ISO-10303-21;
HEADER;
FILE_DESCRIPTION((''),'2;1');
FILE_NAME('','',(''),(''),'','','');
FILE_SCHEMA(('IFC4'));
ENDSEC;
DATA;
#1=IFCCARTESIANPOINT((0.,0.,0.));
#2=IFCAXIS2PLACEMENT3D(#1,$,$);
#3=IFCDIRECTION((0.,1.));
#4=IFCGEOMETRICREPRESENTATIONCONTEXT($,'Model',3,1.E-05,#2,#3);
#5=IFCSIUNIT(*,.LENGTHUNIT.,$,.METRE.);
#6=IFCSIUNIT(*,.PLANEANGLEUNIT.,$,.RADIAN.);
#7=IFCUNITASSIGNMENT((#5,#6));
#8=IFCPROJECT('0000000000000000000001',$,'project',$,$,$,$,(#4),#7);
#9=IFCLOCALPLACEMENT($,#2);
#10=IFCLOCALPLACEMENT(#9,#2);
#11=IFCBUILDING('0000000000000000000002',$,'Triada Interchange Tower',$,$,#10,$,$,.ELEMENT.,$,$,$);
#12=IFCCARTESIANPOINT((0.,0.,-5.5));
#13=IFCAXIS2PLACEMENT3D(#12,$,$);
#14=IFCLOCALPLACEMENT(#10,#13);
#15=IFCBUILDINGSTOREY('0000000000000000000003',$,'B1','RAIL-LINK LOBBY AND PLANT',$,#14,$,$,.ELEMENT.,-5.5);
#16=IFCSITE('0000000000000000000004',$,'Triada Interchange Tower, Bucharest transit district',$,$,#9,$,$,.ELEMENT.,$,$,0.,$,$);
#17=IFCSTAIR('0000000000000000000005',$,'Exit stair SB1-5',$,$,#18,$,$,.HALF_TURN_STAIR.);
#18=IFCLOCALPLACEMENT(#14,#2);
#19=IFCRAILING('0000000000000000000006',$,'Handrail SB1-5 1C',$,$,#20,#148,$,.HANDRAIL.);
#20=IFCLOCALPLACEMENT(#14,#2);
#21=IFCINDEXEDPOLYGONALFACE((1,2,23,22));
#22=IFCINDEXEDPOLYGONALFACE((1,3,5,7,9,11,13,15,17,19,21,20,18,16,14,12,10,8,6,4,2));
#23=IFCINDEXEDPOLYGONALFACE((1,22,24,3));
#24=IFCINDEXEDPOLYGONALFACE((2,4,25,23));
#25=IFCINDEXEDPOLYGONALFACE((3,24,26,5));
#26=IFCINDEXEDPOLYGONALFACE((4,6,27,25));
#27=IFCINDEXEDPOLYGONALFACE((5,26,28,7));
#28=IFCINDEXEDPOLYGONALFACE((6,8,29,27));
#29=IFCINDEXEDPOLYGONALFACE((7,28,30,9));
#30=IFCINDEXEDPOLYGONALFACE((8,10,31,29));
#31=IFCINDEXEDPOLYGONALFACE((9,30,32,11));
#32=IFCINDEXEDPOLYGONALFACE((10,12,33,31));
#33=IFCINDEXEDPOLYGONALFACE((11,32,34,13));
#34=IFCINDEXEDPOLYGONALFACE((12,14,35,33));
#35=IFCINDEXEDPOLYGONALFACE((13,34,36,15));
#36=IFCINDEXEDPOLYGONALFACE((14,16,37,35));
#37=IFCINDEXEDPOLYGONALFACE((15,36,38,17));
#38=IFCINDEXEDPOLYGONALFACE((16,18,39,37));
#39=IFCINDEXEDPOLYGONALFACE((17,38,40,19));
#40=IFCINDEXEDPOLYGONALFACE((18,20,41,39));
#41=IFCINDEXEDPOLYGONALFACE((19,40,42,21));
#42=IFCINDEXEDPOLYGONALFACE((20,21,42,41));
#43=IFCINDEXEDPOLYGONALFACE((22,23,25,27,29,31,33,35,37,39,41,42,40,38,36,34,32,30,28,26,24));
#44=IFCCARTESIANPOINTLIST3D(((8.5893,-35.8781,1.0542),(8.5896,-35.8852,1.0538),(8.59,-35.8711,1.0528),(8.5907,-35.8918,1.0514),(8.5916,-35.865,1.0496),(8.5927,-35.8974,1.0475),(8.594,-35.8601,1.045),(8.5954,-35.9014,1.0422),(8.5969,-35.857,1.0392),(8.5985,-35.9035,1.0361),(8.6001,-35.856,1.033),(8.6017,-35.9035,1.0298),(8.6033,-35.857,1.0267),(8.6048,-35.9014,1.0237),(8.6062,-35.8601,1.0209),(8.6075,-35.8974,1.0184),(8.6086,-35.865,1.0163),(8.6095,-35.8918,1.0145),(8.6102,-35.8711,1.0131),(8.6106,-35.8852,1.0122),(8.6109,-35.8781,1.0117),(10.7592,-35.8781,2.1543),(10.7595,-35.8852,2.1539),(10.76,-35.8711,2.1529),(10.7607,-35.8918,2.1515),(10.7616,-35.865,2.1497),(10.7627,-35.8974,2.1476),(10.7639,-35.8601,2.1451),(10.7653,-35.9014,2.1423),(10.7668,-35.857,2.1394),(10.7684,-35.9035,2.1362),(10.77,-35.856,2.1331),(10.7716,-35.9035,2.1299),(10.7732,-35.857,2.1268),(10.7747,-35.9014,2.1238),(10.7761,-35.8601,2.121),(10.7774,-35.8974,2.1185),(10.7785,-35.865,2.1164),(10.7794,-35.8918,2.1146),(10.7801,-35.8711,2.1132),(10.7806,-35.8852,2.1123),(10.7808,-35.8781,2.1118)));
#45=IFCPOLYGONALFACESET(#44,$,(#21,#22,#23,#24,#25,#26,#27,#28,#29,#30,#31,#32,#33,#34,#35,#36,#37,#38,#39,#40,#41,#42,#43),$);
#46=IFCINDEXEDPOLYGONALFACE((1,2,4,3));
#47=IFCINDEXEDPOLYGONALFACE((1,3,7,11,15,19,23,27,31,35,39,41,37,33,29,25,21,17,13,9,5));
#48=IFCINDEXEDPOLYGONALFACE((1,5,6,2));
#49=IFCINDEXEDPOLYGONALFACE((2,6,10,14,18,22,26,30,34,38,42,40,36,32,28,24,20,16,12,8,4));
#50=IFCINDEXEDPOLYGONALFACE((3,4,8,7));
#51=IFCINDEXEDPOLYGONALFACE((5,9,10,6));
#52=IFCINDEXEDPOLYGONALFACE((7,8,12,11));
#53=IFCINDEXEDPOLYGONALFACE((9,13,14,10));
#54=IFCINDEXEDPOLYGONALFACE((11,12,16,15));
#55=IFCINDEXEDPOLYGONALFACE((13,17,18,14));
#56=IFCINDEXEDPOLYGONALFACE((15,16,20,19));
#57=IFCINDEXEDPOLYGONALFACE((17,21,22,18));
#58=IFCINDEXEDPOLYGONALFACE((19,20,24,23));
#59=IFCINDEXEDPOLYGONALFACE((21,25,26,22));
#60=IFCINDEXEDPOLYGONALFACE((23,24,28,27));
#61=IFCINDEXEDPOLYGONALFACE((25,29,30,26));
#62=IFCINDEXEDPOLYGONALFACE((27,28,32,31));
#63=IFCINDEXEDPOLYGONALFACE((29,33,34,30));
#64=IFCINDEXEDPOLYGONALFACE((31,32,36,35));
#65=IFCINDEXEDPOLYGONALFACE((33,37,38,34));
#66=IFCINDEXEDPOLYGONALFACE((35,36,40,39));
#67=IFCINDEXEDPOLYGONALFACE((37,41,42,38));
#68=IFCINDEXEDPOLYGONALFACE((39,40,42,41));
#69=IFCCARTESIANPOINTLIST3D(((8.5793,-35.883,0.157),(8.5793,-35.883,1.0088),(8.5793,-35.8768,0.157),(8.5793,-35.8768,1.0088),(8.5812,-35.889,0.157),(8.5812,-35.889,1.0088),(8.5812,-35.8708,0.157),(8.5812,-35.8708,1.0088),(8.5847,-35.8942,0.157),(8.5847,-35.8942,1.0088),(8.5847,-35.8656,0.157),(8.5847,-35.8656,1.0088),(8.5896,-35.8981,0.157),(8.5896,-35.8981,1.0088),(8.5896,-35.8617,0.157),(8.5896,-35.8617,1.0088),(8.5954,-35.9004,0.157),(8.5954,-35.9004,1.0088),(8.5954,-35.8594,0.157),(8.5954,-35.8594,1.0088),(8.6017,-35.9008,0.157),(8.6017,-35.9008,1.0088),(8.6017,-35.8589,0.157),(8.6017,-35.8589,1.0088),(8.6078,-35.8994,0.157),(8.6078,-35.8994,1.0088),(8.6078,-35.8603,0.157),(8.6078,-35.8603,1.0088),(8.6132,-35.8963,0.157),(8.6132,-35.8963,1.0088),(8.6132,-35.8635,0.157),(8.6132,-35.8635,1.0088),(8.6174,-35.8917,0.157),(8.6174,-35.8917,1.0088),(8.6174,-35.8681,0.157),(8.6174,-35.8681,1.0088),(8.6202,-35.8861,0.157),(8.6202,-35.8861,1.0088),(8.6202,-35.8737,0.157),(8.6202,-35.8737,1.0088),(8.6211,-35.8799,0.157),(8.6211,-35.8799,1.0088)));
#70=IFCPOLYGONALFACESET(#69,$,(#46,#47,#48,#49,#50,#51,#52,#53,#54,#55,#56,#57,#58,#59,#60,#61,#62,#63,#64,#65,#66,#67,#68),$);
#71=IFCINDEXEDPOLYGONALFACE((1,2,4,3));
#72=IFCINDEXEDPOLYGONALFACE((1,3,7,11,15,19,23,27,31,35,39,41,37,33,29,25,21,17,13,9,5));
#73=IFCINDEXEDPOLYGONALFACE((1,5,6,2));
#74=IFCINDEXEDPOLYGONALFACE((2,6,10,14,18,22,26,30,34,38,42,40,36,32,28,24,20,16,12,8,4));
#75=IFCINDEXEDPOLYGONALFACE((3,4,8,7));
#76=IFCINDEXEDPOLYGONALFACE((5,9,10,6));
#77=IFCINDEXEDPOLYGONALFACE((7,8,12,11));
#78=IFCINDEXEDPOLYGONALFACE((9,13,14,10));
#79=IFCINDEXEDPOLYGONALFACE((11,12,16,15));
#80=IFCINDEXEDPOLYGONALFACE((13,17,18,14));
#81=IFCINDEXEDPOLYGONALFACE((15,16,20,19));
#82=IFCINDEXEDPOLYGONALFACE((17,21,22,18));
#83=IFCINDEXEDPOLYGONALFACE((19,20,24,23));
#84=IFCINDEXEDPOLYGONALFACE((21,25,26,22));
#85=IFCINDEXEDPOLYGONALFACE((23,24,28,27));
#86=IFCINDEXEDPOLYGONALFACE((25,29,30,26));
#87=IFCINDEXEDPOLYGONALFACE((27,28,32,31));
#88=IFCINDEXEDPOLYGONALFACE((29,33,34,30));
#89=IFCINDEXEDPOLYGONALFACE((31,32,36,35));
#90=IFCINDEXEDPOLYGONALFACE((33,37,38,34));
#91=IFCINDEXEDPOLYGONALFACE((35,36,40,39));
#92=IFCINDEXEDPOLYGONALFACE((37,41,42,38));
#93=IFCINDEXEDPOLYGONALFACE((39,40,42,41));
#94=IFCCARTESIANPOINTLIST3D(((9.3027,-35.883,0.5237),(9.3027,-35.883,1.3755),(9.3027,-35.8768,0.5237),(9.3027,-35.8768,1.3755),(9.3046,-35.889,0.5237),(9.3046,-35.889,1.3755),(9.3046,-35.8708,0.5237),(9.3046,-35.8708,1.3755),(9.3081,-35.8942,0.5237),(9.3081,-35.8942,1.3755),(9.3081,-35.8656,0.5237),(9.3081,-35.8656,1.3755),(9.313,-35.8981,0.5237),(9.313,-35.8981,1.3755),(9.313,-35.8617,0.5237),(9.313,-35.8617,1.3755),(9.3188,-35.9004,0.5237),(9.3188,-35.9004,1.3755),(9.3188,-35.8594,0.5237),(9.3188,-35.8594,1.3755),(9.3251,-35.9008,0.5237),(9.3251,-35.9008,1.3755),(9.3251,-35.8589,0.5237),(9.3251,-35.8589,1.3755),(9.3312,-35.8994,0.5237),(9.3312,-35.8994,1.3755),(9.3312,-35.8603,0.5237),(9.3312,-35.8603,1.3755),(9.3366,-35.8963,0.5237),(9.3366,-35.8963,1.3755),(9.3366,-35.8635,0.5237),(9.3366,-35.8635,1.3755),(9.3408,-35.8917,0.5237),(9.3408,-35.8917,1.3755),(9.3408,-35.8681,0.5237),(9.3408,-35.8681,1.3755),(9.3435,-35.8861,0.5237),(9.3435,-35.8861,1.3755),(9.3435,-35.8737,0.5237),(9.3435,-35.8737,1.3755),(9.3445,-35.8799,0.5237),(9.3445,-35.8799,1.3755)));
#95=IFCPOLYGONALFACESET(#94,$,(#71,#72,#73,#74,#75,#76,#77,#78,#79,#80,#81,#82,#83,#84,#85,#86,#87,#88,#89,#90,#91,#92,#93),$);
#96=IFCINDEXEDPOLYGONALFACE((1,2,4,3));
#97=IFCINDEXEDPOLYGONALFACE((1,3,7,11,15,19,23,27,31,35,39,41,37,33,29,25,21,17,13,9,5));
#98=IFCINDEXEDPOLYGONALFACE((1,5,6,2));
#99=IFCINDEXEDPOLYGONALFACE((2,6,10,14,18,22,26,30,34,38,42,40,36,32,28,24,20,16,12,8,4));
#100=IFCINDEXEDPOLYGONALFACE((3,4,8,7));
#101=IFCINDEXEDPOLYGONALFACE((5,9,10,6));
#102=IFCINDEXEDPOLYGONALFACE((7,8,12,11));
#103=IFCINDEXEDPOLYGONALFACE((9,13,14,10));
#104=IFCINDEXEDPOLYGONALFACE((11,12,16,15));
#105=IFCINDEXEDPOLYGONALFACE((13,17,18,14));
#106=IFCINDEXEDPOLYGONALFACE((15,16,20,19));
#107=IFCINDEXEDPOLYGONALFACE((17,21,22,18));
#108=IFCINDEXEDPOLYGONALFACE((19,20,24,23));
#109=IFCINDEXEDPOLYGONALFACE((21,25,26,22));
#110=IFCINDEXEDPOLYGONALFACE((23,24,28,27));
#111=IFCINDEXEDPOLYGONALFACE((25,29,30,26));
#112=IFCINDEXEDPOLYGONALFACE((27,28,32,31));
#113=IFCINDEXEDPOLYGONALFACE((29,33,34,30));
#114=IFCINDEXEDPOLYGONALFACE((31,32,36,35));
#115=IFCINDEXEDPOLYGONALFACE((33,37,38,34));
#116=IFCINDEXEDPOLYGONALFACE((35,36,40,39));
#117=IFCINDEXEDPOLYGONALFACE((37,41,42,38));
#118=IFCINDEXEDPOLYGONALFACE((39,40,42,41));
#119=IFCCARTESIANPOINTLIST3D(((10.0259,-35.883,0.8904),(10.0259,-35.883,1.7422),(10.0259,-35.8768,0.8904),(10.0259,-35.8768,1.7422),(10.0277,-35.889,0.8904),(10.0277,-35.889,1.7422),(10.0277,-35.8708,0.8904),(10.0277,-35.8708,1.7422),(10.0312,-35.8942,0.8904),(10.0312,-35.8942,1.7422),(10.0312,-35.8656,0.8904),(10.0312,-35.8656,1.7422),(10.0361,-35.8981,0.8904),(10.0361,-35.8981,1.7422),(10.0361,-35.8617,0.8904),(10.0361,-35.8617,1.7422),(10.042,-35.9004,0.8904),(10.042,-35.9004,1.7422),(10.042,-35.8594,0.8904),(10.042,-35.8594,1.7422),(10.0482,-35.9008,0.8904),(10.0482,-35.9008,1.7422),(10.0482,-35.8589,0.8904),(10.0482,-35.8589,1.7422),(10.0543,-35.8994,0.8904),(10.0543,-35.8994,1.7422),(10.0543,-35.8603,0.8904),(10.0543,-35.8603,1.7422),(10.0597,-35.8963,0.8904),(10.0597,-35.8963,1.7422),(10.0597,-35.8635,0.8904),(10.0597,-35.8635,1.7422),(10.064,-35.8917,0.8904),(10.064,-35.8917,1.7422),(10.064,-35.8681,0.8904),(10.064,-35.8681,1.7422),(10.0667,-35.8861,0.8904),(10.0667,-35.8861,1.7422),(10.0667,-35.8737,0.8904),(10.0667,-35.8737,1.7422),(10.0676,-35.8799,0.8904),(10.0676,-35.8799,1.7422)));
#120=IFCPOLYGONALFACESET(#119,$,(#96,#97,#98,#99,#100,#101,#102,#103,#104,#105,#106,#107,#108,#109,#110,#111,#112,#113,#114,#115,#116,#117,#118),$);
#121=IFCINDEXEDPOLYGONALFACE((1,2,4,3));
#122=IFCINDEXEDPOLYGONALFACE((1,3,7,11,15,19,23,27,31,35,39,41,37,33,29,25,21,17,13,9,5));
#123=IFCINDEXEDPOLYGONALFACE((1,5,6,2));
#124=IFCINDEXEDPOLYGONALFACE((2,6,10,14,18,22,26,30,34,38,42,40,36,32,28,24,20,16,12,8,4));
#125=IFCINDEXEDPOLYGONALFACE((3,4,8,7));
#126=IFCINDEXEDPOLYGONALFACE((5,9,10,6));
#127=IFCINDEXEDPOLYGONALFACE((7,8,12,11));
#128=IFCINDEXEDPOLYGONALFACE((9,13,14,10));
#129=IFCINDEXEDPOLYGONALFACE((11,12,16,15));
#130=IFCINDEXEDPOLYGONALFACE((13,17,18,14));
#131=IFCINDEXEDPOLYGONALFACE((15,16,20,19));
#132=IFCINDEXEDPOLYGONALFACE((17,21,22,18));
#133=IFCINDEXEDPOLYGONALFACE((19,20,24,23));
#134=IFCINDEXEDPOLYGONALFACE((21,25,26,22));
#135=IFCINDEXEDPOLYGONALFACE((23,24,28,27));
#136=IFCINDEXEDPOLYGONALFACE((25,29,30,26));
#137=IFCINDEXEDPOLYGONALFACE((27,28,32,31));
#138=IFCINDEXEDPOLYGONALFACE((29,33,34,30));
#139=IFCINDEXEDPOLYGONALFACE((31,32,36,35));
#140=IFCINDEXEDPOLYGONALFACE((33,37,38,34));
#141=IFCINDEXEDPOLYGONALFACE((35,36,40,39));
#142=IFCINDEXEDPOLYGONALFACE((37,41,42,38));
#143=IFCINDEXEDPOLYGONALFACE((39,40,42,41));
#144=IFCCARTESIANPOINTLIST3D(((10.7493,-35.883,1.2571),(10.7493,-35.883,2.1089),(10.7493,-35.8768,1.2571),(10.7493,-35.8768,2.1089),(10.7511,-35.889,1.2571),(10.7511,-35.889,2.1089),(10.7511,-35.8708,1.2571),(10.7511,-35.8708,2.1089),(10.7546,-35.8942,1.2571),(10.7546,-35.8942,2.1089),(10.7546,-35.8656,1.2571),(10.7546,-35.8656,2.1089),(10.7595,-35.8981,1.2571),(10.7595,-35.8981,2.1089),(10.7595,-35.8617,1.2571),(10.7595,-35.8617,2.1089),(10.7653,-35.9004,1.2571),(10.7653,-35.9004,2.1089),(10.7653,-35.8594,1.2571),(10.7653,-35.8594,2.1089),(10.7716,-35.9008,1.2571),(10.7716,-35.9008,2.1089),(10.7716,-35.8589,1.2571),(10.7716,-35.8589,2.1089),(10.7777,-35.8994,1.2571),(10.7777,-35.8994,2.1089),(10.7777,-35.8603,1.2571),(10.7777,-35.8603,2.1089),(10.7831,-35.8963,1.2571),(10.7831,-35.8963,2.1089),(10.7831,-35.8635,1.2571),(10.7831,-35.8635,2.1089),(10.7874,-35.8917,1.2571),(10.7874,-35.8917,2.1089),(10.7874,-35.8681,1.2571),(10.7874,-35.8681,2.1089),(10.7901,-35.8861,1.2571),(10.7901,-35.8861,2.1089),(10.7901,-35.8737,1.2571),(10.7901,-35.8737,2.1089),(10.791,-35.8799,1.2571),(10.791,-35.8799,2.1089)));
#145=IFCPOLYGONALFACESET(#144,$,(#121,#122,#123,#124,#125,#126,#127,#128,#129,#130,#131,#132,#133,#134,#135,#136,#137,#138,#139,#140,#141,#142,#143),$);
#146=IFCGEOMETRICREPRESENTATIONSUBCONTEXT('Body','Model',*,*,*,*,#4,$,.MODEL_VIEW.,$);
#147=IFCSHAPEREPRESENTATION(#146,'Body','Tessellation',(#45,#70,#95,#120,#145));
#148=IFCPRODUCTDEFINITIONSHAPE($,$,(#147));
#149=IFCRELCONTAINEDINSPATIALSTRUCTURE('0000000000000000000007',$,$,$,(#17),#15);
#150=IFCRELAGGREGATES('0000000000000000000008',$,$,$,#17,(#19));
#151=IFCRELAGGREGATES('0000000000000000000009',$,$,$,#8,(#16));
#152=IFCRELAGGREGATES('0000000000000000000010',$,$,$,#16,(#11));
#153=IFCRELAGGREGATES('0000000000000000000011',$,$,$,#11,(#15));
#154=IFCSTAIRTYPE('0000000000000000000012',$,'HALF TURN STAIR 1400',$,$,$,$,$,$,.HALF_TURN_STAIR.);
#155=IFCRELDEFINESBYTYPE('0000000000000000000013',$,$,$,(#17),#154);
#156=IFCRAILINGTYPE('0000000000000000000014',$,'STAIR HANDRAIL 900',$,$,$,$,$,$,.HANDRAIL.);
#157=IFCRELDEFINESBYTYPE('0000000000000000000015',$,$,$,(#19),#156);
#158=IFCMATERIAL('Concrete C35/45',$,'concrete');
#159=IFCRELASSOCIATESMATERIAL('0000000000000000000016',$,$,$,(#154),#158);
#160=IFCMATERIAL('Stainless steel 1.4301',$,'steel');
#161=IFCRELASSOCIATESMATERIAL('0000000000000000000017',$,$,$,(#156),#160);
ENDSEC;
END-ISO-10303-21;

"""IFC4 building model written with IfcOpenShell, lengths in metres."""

from ifc_helpers import new_model, si_unit, direction, frame, origin, origin_2d, place, context, subcontext, project, spatial, circle, extrude, material, type_object, element, aggregate, save


model = new_model("IFC4")

# Units and contexts
model_context = context("Model", 3, precision=1e-05, world=origin(), true_north=direction((0.0, 1.0)))
body_context = subcontext(model_context, "Body", "Model", "MODEL_VIEW")
ifc_project = project(units=[si_unit("LENGTHUNIT", "METRE"), si_unit("PLANEANGLEUNIT", "RADIAN")], contexts=[model_context])

# Site, building, storey
site_placement = place(None, origin())
site = spatial("IfcSite", under=ifc_project, at=site_placement, Name="Triada Interchange Tower, Bucharest transit district", CompositionType="ELEMENT", RefElevation=0.0)
building_placement = place(site_placement, origin())
building = spatial("IfcBuilding", under=site, at=building_placement, Name="Triada Interchange Tower", CompositionType="ELEMENT")
storey_placement = place(building_placement, frame((0.0, 0.0, -5.5)))
storey = spatial("IfcBuildingStorey", under=building, at=storey_placement, Name="B1", Description="RAIL-LINK LOBBY AND PLANT", CompositionType="ELEMENT", Elevation=-5.5)

# Shared definitions
ifc_material_1 = material(Name="Concrete C35/45", Category="concrete")

# Stair
stair_type = type_object("IfcStairType", Name="HALF TURN STAIR 1400", PredefinedType="HALF_TURN_STAIR", material=ifc_material_1)
stair_1_placement = place(storey_placement, origin())
stair_1 = element("IfcStair", 1, at=stair_1_placement, inside=storey, type_object=stair_type, Name="Exit stair SB1-5", PredefinedType="HALF_TURN_STAIR")

# Railing
ifc_material_2 = material(Name="Stainless steel 1.4301", Category="steel")
railing_type_1 = type_object("IfcRailingType", Name="STAIR HANDRAIL 900", PredefinedType="HANDRAIL", material=ifc_material_2)
railing_1_placement = place(storey_placement, frame((8.6001, -35.8799, 0.157)))
railing_1 = element("IfcRailing", 2, at=railing_1_placement, type_object=railing_type_1, Name="Handrail SB1-5 1C", PredefinedType="HANDRAIL", context=body_context, shape_type="SweptSolid", body=[
    extrude(circle(Radius=0.0239, at=origin_2d()), frame((0.0, 0.0, 0.876), z_axis=(0.891925, 0.0, 0.452184), x_axis=(0.0, 1.0, 0.0)), (0.0, 0.0, 1.0), 2.4329),
    extrude(circle(Radius=0.021, at=origin_2d()), origin(), (0.0, 0.0, 1.0), 0.8518),
    extrude(circle(Radius=0.021, at=origin_2d()), frame((0.7234, 0.0, 0.3667)), (0.0, 0.0, 1.0), 0.8518),
    extrude(circle(Radius=0.021, at=origin_2d()), frame((1.4465, 0.0, 0.7334)), (0.0, 0.0, 1.0), 0.8518),
    extrude(circle(Radius=0.021, at=origin_2d()), frame((2.1699, 0.0, 1.1001)), (0.0, 0.0, 1.0), 0.8518),
])
aggregate(stair_1, [railing_1])

save(model, "model.ifc")
